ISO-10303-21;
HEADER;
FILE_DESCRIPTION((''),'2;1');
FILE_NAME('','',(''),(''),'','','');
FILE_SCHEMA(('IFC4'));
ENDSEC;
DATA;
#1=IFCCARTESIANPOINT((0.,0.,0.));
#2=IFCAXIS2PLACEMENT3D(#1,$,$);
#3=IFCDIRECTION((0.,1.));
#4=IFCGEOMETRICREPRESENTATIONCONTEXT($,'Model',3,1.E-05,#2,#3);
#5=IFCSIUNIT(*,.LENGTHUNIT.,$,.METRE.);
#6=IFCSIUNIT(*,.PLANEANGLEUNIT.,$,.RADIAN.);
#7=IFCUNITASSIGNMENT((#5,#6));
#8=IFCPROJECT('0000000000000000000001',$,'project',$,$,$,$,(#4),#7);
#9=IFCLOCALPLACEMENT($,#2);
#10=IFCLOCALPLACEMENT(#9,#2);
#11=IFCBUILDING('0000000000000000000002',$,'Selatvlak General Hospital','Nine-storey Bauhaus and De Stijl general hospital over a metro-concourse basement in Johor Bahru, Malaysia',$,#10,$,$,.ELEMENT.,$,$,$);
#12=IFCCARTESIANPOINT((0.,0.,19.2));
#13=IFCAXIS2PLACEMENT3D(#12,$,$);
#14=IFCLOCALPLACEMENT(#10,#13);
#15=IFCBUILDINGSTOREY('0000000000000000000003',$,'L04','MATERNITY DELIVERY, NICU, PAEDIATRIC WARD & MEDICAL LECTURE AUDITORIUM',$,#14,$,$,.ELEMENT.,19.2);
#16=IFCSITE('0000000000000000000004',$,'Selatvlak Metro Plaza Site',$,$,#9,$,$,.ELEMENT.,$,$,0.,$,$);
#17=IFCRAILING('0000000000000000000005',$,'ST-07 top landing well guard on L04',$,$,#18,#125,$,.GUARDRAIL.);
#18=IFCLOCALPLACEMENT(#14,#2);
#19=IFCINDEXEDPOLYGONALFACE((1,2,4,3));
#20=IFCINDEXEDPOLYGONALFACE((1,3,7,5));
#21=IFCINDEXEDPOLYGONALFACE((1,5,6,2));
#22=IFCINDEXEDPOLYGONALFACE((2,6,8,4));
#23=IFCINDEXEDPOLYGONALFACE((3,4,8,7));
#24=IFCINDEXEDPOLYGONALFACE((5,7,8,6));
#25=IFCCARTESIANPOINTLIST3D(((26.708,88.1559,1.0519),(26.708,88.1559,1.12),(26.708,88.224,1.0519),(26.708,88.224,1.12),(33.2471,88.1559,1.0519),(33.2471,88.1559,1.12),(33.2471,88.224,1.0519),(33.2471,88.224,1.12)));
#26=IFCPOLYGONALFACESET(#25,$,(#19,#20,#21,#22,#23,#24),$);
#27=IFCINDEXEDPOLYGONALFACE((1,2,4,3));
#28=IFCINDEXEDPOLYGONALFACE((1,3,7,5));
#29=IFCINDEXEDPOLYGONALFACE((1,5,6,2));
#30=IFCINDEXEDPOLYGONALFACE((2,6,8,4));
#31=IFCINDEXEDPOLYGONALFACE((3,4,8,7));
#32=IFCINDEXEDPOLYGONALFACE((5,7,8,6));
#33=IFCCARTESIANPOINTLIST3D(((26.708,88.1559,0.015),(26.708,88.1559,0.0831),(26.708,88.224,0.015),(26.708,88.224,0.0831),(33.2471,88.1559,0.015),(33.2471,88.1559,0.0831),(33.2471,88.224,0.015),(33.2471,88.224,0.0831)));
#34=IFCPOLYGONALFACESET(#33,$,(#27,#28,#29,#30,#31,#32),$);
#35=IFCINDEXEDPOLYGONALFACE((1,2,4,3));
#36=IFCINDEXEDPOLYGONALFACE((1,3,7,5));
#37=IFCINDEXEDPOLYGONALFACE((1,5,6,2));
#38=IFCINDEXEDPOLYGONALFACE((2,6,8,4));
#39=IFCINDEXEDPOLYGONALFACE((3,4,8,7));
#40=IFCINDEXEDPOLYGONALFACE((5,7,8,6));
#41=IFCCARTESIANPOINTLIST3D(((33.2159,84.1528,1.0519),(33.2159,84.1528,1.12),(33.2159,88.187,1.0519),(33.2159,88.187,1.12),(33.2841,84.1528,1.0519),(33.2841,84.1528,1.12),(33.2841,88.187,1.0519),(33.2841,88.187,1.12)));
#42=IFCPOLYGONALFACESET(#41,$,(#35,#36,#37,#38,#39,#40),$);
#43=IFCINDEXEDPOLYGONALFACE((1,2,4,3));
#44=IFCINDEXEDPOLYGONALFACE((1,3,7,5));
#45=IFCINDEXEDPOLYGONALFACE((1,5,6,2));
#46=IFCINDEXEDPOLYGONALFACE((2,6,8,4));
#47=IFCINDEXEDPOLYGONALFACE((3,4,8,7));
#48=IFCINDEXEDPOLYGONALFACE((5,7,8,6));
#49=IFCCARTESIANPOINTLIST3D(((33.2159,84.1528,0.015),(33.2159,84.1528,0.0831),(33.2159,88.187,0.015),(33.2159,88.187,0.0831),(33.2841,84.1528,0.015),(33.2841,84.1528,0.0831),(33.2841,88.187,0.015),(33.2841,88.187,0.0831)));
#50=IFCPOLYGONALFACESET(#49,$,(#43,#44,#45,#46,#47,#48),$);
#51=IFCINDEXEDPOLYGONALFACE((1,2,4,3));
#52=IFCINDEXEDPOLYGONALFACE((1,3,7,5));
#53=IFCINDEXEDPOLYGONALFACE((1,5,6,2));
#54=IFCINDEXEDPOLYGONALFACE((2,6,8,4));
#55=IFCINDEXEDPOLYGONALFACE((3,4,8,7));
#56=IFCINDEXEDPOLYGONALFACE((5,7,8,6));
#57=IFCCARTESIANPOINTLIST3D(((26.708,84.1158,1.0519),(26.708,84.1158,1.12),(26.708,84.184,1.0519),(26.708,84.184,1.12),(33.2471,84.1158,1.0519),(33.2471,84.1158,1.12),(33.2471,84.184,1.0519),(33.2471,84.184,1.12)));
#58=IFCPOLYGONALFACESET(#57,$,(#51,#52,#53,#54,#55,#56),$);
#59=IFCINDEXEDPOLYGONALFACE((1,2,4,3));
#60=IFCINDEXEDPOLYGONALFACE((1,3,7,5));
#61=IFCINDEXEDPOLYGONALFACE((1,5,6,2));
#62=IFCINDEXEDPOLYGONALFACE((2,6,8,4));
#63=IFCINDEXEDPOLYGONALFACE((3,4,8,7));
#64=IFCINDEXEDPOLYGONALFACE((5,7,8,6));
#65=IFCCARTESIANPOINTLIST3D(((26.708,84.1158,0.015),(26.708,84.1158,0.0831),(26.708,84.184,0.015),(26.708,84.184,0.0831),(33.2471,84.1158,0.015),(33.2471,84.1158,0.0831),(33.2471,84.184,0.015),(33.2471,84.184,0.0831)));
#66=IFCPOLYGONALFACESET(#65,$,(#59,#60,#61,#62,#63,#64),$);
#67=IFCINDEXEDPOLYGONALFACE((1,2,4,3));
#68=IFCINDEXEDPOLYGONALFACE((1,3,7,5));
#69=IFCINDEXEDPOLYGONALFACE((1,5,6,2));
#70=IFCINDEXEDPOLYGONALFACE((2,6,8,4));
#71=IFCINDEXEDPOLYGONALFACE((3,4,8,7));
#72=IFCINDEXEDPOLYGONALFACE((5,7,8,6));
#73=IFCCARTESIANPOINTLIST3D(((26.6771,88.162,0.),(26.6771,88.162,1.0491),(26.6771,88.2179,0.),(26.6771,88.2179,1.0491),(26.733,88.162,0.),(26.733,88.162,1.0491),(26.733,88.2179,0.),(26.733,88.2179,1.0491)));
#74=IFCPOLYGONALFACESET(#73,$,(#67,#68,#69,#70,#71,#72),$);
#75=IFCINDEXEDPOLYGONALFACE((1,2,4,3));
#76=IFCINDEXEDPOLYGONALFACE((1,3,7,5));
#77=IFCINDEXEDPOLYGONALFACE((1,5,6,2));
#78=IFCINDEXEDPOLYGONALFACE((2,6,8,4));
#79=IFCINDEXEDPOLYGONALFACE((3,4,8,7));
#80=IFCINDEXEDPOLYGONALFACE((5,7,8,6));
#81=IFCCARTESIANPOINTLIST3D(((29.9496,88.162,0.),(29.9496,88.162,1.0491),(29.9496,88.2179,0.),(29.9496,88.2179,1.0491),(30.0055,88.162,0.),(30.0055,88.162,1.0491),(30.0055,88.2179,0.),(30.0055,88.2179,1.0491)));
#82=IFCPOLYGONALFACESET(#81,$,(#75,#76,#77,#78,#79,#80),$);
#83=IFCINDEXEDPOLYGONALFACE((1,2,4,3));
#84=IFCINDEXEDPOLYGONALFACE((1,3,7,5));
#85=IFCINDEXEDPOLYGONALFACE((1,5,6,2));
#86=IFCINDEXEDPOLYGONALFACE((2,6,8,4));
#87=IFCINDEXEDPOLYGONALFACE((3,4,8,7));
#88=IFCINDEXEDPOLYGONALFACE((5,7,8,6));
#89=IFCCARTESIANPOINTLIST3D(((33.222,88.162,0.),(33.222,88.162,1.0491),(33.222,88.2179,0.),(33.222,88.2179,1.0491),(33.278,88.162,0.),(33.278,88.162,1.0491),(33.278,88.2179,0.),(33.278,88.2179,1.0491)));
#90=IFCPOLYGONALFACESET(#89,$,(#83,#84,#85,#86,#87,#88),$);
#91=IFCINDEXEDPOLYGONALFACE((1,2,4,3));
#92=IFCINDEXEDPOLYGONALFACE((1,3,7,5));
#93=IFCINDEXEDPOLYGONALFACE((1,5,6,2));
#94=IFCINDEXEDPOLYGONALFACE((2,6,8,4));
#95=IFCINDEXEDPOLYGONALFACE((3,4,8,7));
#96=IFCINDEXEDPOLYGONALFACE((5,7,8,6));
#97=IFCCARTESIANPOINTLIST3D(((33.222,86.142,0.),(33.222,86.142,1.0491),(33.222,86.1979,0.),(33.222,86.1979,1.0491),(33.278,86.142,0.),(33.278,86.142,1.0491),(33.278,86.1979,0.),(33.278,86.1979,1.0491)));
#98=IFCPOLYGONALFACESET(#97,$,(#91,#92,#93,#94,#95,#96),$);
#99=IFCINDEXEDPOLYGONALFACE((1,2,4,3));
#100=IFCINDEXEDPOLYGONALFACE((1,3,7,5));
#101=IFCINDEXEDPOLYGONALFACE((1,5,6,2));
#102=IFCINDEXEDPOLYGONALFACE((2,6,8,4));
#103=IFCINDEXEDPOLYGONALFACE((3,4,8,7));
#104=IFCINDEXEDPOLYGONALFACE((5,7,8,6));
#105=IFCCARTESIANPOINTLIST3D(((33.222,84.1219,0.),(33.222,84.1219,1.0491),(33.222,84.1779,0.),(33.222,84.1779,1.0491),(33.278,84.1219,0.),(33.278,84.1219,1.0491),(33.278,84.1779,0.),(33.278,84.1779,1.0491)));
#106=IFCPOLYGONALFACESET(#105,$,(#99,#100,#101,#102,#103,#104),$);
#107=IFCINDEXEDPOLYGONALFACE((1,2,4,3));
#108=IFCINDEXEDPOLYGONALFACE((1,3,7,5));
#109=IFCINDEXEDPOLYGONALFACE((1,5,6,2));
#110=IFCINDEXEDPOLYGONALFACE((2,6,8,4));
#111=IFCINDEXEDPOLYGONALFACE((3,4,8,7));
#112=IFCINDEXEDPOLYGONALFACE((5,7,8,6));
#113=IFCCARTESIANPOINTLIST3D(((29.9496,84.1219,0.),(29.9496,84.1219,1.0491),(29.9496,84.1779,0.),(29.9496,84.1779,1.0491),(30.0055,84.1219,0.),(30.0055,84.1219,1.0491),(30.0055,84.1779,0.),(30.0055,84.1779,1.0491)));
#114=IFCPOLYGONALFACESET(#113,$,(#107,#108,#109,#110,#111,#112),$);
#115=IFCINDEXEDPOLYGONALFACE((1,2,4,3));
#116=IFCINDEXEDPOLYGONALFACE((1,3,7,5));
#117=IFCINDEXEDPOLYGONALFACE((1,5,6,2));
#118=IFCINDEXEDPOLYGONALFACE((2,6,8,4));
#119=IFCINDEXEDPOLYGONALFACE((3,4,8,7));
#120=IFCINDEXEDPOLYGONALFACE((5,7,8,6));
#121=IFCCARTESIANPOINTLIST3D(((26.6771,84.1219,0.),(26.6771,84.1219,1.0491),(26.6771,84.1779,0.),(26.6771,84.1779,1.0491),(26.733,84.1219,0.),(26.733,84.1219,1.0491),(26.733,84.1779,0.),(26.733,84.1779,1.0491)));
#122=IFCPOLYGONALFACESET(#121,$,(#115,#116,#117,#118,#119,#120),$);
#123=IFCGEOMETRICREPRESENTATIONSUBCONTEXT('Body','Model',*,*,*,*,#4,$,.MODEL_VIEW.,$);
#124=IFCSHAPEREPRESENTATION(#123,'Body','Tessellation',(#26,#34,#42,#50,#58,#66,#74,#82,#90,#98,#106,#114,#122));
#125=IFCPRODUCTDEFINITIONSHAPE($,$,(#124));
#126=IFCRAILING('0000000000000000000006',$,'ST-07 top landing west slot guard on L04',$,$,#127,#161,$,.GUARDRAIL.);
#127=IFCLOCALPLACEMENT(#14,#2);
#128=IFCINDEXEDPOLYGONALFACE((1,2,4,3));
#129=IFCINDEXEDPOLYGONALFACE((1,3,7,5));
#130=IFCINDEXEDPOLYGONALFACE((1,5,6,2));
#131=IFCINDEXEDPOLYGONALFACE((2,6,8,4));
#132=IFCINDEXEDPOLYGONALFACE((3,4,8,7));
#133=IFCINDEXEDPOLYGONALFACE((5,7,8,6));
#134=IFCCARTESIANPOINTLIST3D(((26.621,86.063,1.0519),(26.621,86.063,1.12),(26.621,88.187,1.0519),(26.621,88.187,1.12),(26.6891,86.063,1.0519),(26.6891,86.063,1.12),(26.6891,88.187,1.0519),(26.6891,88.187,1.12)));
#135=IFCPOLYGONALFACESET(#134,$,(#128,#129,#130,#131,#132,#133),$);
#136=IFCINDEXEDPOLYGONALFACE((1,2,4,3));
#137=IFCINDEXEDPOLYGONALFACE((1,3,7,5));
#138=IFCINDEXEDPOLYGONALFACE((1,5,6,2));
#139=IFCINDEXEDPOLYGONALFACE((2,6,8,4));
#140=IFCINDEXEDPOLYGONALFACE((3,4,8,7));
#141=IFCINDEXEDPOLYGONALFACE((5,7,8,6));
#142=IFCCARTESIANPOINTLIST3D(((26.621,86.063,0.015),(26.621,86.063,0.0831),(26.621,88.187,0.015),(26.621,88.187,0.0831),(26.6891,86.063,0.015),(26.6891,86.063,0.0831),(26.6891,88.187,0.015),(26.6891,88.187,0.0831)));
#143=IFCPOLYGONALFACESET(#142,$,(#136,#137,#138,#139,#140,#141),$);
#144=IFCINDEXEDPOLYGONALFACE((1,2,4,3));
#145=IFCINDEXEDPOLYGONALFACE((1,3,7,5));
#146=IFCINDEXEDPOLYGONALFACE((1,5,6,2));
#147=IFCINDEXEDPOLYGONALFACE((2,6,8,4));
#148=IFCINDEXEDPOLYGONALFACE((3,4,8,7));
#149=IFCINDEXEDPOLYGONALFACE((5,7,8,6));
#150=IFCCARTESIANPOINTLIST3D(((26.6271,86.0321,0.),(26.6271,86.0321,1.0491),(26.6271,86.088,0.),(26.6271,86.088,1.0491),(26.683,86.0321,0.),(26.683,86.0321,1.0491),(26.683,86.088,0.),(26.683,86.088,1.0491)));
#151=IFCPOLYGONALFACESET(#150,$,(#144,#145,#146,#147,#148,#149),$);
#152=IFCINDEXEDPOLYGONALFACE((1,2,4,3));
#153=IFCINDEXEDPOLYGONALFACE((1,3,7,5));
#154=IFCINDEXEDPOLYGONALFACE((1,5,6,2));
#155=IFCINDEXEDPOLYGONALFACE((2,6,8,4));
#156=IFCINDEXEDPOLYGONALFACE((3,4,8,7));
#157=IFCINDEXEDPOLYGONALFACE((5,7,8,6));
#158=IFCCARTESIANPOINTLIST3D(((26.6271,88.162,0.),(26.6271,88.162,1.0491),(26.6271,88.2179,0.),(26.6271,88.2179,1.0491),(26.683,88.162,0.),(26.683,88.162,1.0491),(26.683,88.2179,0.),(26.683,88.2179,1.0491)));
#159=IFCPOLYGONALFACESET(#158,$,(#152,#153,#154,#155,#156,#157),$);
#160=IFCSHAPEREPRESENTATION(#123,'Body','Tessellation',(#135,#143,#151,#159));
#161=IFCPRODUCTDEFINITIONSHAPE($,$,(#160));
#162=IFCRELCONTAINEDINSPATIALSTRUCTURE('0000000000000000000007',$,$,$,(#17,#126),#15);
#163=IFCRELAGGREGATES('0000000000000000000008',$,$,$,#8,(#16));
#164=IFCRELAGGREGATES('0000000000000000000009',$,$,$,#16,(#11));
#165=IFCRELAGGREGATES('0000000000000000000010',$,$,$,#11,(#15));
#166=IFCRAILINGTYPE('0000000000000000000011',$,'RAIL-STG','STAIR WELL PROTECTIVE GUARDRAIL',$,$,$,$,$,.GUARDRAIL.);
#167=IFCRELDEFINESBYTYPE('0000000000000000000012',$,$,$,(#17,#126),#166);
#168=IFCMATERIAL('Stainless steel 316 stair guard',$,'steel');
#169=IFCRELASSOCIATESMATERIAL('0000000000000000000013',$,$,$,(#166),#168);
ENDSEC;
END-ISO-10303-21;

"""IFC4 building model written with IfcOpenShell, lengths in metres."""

from ifc_helpers import new_model, si_unit, direction, frame, origin, origin_2d, place, context, subcontext, project, spatial, rectangle, extrude, material, type_object, element, save


model = new_model("IFC4")

# Units and contexts
model_context = context("Model", 3, precision=1e-05, world=origin(), true_north=direction((0.0, 1.0)))
body_context = subcontext(model_context, "Body", "Model", "MODEL_VIEW")
ifc_project = project(units=[si_unit("LENGTHUNIT", "METRE"), si_unit("PLANEANGLEUNIT", "RADIAN")], contexts=[model_context])

# Site, building, storey
site_placement = place(None, origin())
site = spatial("IfcSite", under=ifc_project, at=site_placement, Name="Selatvlak Metro Plaza Site", CompositionType="ELEMENT", RefElevation=0.0)
building_placement = place(site_placement, origin())
building = spatial("IfcBuilding", under=site, at=building_placement, Name="Selatvlak General Hospital", Description="Nine-storey Bauhaus and De Stijl general hospital over a metro-concourse basement in Johor Bahru, Malaysia", CompositionType="ELEMENT")
storey_placement = place(building_placement, frame((0.0, 0.0, 19.2)))
storey = spatial("IfcBuildingStorey", under=building, at=storey_placement, Name="L04", Description="MATERNITY DELIVERY, NICU, PAEDIATRIC WARD & MEDICAL LECTURE AUDITORIUM", CompositionType="ELEMENT", Elevation=19.2)

# Railings
ifc_material_1 = material(Name="Stainless steel 316 stair guard", Category="steel")
railing_type = type_object("IfcRailingType", Name="RAIL-STG", Description="STAIR WELL PROTECTIVE GUARDRAIL", PredefinedType="GUARDRAIL", material=ifc_material_1)
railing_1_placement = place(storey_placement, frame((26.7051, 88.1899, 0.0)))
element("IfcRailing", 1, at=railing_1_placement, inside=storey, type_object=railing_type, Name="ST-07 top landing well guard on L04", PredefinedType="GUARDRAIL", context=body_context, shape_type="SweptSolid", body=[
    extrude(rectangle(XDim=0.0681, YDim=0.0681, at=origin_2d()), frame((0.0029, 0.0, 1.0859), z_axis=(1.0, 0.0, 0.0), x_axis=(0.0, 1.0, 0.0)), (0.0, 0.0, 1.0), 6.5391),
    extrude(rectangle(XDim=0.0681, YDim=0.0681, at=origin_2d()), frame((0.0029, 0.0, 0.0491), z_axis=(1.0, 0.0, 0.0), x_axis=(0.0, 1.0, 0.0)), (0.0, 0.0, 1.0), 6.5391),
    extrude(rectangle(XDim=0.0681, YDim=0.0681, at=origin_2d()), frame((6.5449, -0.0029, 1.0859), z_axis=(0.0, -1.0, 0.0), x_axis=(1.0, 0.0, 0.0)), (0.0, 0.0, 1.0), 4.0342),
    extrude(rectangle(XDim=0.0681, YDim=0.0681, at=origin_2d()), frame((6.5449, -0.0029, 0.0491), z_axis=(0.0, -1.0, 0.0), x_axis=(1.0, 0.0, 0.0)), (0.0, 0.0, 1.0), 4.0342),
    extrude(rectangle(XDim=0.0681, YDim=0.0681, at=origin_2d()), frame((6.542, -4.04, 1.0859), z_axis=(-1.0, 0.0, 0.0), x_axis=(0.0, -1.0, 0.0)), (0.0, 0.0, 1.0), 6.5391),
    extrude(rectangle(XDim=0.0681, YDim=0.0681, at=origin_2d()), frame((6.542, -4.04, 0.0491), z_axis=(-1.0, 0.0, 0.0), x_axis=(0.0, -1.0, 0.0)), (0.0, 0.0, 1.0), 6.5391),
    extrude(rectangle(XDim=0.0559, YDim=0.0559, at=origin_2d()), origin(), (0.0, 0.0, 1.0), 1.0491),
    extrude(rectangle(XDim=0.0559, YDim=0.0559, at=origin_2d()), frame((3.2725, 0.0, 0.0)), (0.0, 0.0, 1.0), 1.0491),
    extrude(rectangle(XDim=0.0559, YDim=0.0559, at=origin_2d()), frame((6.5449, 0.0, 0.0)), (0.0, 0.0, 1.0), 1.0491),
    extrude(rectangle(XDim=0.0559, YDim=0.0559, at=origin_2d()), frame((6.5449, -2.02, 0.0)), (0.0, 0.0, 1.0), 1.0491),
    extrude(rectangle(XDim=0.0559, YDim=0.0559, at=origin_2d()), frame((6.5449, -4.04, 0.0)), (0.0, 0.0, 1.0), 1.0491),
    extrude(rectangle(XDim=0.0559, YDim=0.0559, at=origin_2d()), frame((3.2725, -4.04, 0.0)), (0.0, 0.0, 1.0), 1.0491),
    extrude(rectangle(XDim=0.0559, YDim=0.0559, at=origin_2d()), frame((0.0, -4.04, 0.0)), (0.0, 0.0, 1.0), 1.0491),
])
railing_2_placement = place(storey_placement, frame((26.655, 86.0601, 0.0)))
element("IfcRailing", 2, at=railing_2_placement, inside=storey, type_object=railing_type, Name="ST-07 top landing west slot guard on L04", PredefinedType="GUARDRAIL", context=body_context, shape_type="SweptSolid", body=[
    extrude(rectangle(XDim=0.0681, YDim=0.0681, at=origin_2d()), frame((0.0, 0.0029, 1.0859), z_axis=(0.0, 1.0, 0.0), x_axis=(-1.0, 0.0, 0.0)), (0.0, 0.0, 1.0), 2.124),
    extrude(rectangle(XDim=0.0681, YDim=0.0681, at=origin_2d()), frame((0.0, 0.0029, 0.0491), z_axis=(0.0, 1.0, 0.0), x_axis=(-1.0, 0.0, 0.0)), (0.0, 0.0, 1.0), 2.124),
    extrude(rectangle(XDim=0.0559, YDim=0.0559, at=origin_2d()), origin(), (0.0, 0.0, 1.0), 1.0491),
    extrude(rectangle(XDim=0.0559, YDim=0.0559, at=origin_2d()), frame((0.0, 2.1299, 0.0)), (0.0, 0.0, 1.0), 1.0491),
])

save(model, "model.ifc")
